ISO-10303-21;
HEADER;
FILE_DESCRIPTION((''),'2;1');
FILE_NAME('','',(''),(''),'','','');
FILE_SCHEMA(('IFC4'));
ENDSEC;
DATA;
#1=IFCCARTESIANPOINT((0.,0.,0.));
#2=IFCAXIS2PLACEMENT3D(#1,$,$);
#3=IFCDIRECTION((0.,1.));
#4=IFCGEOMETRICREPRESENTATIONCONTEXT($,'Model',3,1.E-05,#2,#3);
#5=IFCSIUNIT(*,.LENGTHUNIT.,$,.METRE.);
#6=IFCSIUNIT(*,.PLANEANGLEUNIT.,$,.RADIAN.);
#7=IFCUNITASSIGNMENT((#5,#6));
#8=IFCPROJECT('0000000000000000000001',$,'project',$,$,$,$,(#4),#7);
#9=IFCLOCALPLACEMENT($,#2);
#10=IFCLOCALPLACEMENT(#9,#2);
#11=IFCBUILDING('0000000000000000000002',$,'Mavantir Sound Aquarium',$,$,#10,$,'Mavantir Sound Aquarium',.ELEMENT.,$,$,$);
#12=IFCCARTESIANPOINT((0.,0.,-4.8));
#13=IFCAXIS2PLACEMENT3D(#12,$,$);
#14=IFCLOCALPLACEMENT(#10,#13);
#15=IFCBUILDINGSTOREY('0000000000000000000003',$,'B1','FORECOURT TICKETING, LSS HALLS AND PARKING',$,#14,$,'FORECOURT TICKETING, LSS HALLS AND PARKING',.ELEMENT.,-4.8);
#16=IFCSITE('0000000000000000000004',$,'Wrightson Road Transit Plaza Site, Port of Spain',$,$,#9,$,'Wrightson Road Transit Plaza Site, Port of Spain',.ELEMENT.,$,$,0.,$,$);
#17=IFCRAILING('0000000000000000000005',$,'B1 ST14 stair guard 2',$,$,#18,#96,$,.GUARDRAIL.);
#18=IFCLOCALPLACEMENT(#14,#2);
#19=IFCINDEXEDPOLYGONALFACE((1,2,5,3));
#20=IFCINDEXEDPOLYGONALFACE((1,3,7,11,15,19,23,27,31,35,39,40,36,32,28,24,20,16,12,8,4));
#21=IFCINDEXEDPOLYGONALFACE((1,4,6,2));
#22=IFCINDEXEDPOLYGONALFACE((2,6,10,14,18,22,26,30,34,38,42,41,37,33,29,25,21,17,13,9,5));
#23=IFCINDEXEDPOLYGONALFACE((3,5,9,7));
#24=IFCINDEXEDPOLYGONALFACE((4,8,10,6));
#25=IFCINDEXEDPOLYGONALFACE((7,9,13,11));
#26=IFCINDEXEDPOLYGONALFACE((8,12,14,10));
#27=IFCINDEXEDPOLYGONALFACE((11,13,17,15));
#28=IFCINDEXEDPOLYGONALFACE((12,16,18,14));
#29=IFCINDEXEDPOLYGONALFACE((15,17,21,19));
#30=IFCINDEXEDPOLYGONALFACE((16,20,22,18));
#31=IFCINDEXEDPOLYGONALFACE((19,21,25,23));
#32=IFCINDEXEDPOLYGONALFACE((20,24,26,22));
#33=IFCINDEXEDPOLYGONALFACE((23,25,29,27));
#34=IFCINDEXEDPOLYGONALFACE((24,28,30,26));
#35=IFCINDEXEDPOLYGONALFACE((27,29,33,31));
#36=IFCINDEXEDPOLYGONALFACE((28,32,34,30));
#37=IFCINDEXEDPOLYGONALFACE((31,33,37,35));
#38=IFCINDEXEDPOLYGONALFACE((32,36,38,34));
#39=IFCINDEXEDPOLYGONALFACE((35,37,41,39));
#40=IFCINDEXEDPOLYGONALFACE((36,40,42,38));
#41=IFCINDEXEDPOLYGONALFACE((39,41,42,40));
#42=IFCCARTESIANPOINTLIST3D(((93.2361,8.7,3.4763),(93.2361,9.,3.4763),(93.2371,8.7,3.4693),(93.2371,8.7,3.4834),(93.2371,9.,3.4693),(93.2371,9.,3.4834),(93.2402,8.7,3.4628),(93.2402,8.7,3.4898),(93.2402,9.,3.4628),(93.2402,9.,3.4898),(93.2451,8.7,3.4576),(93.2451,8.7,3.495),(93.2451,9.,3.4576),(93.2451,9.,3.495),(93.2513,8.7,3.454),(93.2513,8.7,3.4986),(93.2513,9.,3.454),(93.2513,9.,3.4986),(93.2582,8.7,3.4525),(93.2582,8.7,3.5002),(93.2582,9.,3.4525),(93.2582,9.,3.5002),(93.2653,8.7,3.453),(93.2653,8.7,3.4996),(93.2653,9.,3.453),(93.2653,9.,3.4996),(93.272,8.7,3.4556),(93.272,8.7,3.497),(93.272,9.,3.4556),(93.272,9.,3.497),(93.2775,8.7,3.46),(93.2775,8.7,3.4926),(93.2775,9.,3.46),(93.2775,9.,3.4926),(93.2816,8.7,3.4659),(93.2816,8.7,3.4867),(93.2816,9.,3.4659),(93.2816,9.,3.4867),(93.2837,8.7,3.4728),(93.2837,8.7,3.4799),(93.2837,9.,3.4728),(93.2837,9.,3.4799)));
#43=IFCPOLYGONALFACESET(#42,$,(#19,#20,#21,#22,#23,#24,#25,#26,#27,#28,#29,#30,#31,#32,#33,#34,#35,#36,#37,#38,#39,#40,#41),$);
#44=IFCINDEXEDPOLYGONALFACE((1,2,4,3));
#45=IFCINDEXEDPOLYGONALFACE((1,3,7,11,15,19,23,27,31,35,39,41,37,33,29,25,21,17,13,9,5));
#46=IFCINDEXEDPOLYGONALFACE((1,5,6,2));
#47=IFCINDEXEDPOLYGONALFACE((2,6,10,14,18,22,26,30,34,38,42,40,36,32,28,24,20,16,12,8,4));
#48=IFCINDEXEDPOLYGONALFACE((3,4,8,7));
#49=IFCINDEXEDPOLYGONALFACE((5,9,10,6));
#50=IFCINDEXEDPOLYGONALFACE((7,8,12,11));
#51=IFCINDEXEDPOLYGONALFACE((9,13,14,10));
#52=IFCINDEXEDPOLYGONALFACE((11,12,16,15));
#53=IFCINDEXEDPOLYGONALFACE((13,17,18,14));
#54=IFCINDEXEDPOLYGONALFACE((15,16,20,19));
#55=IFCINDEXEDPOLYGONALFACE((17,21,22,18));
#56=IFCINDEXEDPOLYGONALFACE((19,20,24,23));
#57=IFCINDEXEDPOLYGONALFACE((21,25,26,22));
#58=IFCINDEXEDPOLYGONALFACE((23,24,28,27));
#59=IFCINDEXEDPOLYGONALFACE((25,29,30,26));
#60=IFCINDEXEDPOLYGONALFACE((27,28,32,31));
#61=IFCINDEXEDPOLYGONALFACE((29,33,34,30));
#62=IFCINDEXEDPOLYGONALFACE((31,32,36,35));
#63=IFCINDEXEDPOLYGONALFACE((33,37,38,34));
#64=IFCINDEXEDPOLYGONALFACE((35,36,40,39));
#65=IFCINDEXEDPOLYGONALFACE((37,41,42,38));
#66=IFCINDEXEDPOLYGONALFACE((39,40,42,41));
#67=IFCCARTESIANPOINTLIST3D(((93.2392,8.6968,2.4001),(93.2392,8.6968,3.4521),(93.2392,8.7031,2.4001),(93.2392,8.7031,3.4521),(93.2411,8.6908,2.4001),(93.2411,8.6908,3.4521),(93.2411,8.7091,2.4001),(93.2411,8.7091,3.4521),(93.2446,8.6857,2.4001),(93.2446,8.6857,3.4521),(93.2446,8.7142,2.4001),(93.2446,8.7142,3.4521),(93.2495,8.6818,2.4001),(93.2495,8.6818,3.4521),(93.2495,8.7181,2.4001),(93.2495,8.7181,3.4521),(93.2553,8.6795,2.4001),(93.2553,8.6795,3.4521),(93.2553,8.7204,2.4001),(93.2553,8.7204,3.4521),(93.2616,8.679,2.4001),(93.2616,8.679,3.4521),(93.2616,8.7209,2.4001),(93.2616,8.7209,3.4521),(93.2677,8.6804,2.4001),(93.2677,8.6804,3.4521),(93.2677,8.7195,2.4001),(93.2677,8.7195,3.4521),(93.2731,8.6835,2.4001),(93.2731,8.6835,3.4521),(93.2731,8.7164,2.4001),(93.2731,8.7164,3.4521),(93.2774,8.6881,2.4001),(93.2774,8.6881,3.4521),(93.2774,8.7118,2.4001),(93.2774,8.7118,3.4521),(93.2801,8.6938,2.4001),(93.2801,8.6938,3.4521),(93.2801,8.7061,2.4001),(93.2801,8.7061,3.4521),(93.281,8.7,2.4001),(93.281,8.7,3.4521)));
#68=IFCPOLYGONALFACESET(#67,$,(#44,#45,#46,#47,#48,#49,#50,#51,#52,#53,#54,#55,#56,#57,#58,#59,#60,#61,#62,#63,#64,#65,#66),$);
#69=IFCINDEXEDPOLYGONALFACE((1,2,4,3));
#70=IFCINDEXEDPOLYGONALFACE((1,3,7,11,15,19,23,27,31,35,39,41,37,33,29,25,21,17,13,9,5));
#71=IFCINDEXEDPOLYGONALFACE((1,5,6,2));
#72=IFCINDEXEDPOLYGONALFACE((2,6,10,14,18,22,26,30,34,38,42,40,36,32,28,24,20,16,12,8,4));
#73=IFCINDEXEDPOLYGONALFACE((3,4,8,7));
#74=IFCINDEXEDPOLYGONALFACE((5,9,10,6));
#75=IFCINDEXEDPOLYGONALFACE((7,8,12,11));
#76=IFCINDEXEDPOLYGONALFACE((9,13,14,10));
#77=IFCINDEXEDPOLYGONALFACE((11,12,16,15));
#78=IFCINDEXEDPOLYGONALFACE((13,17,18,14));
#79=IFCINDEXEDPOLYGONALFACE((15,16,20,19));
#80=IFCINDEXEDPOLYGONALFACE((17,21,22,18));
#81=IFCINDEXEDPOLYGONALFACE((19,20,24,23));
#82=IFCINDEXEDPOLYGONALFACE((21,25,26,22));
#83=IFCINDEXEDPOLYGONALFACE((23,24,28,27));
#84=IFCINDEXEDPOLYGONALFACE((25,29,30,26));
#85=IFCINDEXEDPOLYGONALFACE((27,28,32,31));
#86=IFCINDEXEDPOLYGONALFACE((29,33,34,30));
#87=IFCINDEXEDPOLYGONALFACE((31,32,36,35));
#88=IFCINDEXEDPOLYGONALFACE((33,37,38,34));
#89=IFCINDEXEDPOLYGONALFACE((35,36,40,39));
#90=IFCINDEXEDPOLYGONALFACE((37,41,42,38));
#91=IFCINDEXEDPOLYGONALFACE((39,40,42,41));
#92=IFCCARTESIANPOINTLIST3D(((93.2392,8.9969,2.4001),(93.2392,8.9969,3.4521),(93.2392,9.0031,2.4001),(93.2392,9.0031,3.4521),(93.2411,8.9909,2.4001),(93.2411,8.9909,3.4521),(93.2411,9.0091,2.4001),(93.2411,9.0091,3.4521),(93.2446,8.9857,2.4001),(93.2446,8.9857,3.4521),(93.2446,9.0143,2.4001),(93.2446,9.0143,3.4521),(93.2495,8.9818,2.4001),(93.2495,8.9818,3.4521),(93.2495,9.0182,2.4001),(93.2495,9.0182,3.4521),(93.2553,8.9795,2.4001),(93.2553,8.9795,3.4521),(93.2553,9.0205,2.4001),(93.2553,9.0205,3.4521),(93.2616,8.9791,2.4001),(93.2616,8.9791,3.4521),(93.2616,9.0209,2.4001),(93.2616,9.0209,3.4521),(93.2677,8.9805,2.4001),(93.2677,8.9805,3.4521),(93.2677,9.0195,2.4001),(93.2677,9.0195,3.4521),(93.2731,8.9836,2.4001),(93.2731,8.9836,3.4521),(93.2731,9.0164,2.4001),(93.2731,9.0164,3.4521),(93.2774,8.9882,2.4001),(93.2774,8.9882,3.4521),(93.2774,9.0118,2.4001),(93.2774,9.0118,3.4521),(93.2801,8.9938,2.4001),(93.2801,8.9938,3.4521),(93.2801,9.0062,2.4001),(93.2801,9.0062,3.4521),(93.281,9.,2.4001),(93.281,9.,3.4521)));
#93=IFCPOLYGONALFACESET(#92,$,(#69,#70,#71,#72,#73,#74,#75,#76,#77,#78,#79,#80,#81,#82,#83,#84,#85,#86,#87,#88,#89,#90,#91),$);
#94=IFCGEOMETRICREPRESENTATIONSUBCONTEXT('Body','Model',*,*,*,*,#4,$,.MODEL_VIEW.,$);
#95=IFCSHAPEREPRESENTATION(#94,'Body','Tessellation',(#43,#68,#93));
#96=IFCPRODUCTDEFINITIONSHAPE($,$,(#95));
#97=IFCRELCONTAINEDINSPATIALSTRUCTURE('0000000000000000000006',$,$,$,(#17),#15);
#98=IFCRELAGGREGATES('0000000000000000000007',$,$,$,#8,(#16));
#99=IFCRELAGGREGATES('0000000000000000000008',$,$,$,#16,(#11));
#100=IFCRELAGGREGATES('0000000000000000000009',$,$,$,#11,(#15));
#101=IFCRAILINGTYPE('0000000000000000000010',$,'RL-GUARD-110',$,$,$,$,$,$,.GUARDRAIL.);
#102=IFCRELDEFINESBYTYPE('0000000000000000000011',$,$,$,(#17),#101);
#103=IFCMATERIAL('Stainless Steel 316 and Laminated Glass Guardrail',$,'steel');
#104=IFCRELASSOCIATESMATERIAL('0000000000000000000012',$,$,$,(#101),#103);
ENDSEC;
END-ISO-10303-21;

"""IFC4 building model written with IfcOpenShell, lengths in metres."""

from ifc_helpers import new_model, si_unit, direction, frame, origin, origin_2d, place, context, subcontext, project, spatial, circle, extrude, material, type_object, element, save


model = new_model("IFC4")

# Units and contexts
model_context = context("Model", 3, precision=1e-05, world=origin(), true_north=direction((0.0, 1.0)))
body_context = subcontext(model_context, "Body", "Model", "MODEL_VIEW")
ifc_project = project(units=[si_unit("LENGTHUNIT", "METRE"), si_unit("PLANEANGLEUNIT", "RADIAN")], contexts=[model_context])

# Site, building, storey
site_placement = place(None, origin())
site = spatial("IfcSite", under=ifc_project, at=site_placement, Name="Wrightson Road Transit Plaza Site, Port of Spain", LongName="Wrightson Road Transit Plaza Site, Port of Spain", CompositionType="ELEMENT", RefElevation=0.0)
building_placement = place(site_placement, origin())
building = spatial("IfcBuilding", under=site, at=building_placement, Name="Mavantir Sound Aquarium", LongName="Mavantir Sound Aquarium", CompositionType="ELEMENT")
storey_placement = place(building_placement, frame((0.0, 0.0, -4.8)))
storey = spatial("IfcBuildingStorey", under=building, at=storey_placement, Name="B1", Description="FORECOURT TICKETING, LSS HALLS AND PARKING", LongName="FORECOURT TICKETING, LSS HALLS AND PARKING", CompositionType="ELEMENT", Elevation=-4.8)

# Railing
ifc_material_1 = material(Name="Stainless Steel 316 and Laminated Glass Guardrail", Category="steel")
railing_type_1 = type_object("IfcRailingType", Name="RL-GUARD-110", PredefinedType="GUARDRAIL", material=ifc_material_1)
railing_1_placement = place(storey_placement, frame((93.26, 8.7, 2.4001)))
element("IfcRailing", 1, at=railing_1_placement, inside=storey, type_object=railing_type_1, Name="B1 ST14 stair guard 2", PredefinedType="GUARDRAIL", context=body_context, shape_type="SweptSolid", body=[
    extrude(circle(Radius=0.0239, at=origin_2d()), frame((0.0, 0.0, 1.0762), z_axis=(0.0, 1.0, 0.0), x_axis=(-1.0, 0.0, 0.0)), (0.0, 0.0, 1.0), 0.3),
    extrude(circle(Radius=0.021, at=origin_2d()), origin(), (0.0, 0.0, 1.0), 1.052),
    extrude(circle(Radius=0.021, at=origin_2d()), frame((0.0, 0.3, 0.0)), (0.0, 0.0, 1.0), 1.052),
])

save(model, "model.ifc")
